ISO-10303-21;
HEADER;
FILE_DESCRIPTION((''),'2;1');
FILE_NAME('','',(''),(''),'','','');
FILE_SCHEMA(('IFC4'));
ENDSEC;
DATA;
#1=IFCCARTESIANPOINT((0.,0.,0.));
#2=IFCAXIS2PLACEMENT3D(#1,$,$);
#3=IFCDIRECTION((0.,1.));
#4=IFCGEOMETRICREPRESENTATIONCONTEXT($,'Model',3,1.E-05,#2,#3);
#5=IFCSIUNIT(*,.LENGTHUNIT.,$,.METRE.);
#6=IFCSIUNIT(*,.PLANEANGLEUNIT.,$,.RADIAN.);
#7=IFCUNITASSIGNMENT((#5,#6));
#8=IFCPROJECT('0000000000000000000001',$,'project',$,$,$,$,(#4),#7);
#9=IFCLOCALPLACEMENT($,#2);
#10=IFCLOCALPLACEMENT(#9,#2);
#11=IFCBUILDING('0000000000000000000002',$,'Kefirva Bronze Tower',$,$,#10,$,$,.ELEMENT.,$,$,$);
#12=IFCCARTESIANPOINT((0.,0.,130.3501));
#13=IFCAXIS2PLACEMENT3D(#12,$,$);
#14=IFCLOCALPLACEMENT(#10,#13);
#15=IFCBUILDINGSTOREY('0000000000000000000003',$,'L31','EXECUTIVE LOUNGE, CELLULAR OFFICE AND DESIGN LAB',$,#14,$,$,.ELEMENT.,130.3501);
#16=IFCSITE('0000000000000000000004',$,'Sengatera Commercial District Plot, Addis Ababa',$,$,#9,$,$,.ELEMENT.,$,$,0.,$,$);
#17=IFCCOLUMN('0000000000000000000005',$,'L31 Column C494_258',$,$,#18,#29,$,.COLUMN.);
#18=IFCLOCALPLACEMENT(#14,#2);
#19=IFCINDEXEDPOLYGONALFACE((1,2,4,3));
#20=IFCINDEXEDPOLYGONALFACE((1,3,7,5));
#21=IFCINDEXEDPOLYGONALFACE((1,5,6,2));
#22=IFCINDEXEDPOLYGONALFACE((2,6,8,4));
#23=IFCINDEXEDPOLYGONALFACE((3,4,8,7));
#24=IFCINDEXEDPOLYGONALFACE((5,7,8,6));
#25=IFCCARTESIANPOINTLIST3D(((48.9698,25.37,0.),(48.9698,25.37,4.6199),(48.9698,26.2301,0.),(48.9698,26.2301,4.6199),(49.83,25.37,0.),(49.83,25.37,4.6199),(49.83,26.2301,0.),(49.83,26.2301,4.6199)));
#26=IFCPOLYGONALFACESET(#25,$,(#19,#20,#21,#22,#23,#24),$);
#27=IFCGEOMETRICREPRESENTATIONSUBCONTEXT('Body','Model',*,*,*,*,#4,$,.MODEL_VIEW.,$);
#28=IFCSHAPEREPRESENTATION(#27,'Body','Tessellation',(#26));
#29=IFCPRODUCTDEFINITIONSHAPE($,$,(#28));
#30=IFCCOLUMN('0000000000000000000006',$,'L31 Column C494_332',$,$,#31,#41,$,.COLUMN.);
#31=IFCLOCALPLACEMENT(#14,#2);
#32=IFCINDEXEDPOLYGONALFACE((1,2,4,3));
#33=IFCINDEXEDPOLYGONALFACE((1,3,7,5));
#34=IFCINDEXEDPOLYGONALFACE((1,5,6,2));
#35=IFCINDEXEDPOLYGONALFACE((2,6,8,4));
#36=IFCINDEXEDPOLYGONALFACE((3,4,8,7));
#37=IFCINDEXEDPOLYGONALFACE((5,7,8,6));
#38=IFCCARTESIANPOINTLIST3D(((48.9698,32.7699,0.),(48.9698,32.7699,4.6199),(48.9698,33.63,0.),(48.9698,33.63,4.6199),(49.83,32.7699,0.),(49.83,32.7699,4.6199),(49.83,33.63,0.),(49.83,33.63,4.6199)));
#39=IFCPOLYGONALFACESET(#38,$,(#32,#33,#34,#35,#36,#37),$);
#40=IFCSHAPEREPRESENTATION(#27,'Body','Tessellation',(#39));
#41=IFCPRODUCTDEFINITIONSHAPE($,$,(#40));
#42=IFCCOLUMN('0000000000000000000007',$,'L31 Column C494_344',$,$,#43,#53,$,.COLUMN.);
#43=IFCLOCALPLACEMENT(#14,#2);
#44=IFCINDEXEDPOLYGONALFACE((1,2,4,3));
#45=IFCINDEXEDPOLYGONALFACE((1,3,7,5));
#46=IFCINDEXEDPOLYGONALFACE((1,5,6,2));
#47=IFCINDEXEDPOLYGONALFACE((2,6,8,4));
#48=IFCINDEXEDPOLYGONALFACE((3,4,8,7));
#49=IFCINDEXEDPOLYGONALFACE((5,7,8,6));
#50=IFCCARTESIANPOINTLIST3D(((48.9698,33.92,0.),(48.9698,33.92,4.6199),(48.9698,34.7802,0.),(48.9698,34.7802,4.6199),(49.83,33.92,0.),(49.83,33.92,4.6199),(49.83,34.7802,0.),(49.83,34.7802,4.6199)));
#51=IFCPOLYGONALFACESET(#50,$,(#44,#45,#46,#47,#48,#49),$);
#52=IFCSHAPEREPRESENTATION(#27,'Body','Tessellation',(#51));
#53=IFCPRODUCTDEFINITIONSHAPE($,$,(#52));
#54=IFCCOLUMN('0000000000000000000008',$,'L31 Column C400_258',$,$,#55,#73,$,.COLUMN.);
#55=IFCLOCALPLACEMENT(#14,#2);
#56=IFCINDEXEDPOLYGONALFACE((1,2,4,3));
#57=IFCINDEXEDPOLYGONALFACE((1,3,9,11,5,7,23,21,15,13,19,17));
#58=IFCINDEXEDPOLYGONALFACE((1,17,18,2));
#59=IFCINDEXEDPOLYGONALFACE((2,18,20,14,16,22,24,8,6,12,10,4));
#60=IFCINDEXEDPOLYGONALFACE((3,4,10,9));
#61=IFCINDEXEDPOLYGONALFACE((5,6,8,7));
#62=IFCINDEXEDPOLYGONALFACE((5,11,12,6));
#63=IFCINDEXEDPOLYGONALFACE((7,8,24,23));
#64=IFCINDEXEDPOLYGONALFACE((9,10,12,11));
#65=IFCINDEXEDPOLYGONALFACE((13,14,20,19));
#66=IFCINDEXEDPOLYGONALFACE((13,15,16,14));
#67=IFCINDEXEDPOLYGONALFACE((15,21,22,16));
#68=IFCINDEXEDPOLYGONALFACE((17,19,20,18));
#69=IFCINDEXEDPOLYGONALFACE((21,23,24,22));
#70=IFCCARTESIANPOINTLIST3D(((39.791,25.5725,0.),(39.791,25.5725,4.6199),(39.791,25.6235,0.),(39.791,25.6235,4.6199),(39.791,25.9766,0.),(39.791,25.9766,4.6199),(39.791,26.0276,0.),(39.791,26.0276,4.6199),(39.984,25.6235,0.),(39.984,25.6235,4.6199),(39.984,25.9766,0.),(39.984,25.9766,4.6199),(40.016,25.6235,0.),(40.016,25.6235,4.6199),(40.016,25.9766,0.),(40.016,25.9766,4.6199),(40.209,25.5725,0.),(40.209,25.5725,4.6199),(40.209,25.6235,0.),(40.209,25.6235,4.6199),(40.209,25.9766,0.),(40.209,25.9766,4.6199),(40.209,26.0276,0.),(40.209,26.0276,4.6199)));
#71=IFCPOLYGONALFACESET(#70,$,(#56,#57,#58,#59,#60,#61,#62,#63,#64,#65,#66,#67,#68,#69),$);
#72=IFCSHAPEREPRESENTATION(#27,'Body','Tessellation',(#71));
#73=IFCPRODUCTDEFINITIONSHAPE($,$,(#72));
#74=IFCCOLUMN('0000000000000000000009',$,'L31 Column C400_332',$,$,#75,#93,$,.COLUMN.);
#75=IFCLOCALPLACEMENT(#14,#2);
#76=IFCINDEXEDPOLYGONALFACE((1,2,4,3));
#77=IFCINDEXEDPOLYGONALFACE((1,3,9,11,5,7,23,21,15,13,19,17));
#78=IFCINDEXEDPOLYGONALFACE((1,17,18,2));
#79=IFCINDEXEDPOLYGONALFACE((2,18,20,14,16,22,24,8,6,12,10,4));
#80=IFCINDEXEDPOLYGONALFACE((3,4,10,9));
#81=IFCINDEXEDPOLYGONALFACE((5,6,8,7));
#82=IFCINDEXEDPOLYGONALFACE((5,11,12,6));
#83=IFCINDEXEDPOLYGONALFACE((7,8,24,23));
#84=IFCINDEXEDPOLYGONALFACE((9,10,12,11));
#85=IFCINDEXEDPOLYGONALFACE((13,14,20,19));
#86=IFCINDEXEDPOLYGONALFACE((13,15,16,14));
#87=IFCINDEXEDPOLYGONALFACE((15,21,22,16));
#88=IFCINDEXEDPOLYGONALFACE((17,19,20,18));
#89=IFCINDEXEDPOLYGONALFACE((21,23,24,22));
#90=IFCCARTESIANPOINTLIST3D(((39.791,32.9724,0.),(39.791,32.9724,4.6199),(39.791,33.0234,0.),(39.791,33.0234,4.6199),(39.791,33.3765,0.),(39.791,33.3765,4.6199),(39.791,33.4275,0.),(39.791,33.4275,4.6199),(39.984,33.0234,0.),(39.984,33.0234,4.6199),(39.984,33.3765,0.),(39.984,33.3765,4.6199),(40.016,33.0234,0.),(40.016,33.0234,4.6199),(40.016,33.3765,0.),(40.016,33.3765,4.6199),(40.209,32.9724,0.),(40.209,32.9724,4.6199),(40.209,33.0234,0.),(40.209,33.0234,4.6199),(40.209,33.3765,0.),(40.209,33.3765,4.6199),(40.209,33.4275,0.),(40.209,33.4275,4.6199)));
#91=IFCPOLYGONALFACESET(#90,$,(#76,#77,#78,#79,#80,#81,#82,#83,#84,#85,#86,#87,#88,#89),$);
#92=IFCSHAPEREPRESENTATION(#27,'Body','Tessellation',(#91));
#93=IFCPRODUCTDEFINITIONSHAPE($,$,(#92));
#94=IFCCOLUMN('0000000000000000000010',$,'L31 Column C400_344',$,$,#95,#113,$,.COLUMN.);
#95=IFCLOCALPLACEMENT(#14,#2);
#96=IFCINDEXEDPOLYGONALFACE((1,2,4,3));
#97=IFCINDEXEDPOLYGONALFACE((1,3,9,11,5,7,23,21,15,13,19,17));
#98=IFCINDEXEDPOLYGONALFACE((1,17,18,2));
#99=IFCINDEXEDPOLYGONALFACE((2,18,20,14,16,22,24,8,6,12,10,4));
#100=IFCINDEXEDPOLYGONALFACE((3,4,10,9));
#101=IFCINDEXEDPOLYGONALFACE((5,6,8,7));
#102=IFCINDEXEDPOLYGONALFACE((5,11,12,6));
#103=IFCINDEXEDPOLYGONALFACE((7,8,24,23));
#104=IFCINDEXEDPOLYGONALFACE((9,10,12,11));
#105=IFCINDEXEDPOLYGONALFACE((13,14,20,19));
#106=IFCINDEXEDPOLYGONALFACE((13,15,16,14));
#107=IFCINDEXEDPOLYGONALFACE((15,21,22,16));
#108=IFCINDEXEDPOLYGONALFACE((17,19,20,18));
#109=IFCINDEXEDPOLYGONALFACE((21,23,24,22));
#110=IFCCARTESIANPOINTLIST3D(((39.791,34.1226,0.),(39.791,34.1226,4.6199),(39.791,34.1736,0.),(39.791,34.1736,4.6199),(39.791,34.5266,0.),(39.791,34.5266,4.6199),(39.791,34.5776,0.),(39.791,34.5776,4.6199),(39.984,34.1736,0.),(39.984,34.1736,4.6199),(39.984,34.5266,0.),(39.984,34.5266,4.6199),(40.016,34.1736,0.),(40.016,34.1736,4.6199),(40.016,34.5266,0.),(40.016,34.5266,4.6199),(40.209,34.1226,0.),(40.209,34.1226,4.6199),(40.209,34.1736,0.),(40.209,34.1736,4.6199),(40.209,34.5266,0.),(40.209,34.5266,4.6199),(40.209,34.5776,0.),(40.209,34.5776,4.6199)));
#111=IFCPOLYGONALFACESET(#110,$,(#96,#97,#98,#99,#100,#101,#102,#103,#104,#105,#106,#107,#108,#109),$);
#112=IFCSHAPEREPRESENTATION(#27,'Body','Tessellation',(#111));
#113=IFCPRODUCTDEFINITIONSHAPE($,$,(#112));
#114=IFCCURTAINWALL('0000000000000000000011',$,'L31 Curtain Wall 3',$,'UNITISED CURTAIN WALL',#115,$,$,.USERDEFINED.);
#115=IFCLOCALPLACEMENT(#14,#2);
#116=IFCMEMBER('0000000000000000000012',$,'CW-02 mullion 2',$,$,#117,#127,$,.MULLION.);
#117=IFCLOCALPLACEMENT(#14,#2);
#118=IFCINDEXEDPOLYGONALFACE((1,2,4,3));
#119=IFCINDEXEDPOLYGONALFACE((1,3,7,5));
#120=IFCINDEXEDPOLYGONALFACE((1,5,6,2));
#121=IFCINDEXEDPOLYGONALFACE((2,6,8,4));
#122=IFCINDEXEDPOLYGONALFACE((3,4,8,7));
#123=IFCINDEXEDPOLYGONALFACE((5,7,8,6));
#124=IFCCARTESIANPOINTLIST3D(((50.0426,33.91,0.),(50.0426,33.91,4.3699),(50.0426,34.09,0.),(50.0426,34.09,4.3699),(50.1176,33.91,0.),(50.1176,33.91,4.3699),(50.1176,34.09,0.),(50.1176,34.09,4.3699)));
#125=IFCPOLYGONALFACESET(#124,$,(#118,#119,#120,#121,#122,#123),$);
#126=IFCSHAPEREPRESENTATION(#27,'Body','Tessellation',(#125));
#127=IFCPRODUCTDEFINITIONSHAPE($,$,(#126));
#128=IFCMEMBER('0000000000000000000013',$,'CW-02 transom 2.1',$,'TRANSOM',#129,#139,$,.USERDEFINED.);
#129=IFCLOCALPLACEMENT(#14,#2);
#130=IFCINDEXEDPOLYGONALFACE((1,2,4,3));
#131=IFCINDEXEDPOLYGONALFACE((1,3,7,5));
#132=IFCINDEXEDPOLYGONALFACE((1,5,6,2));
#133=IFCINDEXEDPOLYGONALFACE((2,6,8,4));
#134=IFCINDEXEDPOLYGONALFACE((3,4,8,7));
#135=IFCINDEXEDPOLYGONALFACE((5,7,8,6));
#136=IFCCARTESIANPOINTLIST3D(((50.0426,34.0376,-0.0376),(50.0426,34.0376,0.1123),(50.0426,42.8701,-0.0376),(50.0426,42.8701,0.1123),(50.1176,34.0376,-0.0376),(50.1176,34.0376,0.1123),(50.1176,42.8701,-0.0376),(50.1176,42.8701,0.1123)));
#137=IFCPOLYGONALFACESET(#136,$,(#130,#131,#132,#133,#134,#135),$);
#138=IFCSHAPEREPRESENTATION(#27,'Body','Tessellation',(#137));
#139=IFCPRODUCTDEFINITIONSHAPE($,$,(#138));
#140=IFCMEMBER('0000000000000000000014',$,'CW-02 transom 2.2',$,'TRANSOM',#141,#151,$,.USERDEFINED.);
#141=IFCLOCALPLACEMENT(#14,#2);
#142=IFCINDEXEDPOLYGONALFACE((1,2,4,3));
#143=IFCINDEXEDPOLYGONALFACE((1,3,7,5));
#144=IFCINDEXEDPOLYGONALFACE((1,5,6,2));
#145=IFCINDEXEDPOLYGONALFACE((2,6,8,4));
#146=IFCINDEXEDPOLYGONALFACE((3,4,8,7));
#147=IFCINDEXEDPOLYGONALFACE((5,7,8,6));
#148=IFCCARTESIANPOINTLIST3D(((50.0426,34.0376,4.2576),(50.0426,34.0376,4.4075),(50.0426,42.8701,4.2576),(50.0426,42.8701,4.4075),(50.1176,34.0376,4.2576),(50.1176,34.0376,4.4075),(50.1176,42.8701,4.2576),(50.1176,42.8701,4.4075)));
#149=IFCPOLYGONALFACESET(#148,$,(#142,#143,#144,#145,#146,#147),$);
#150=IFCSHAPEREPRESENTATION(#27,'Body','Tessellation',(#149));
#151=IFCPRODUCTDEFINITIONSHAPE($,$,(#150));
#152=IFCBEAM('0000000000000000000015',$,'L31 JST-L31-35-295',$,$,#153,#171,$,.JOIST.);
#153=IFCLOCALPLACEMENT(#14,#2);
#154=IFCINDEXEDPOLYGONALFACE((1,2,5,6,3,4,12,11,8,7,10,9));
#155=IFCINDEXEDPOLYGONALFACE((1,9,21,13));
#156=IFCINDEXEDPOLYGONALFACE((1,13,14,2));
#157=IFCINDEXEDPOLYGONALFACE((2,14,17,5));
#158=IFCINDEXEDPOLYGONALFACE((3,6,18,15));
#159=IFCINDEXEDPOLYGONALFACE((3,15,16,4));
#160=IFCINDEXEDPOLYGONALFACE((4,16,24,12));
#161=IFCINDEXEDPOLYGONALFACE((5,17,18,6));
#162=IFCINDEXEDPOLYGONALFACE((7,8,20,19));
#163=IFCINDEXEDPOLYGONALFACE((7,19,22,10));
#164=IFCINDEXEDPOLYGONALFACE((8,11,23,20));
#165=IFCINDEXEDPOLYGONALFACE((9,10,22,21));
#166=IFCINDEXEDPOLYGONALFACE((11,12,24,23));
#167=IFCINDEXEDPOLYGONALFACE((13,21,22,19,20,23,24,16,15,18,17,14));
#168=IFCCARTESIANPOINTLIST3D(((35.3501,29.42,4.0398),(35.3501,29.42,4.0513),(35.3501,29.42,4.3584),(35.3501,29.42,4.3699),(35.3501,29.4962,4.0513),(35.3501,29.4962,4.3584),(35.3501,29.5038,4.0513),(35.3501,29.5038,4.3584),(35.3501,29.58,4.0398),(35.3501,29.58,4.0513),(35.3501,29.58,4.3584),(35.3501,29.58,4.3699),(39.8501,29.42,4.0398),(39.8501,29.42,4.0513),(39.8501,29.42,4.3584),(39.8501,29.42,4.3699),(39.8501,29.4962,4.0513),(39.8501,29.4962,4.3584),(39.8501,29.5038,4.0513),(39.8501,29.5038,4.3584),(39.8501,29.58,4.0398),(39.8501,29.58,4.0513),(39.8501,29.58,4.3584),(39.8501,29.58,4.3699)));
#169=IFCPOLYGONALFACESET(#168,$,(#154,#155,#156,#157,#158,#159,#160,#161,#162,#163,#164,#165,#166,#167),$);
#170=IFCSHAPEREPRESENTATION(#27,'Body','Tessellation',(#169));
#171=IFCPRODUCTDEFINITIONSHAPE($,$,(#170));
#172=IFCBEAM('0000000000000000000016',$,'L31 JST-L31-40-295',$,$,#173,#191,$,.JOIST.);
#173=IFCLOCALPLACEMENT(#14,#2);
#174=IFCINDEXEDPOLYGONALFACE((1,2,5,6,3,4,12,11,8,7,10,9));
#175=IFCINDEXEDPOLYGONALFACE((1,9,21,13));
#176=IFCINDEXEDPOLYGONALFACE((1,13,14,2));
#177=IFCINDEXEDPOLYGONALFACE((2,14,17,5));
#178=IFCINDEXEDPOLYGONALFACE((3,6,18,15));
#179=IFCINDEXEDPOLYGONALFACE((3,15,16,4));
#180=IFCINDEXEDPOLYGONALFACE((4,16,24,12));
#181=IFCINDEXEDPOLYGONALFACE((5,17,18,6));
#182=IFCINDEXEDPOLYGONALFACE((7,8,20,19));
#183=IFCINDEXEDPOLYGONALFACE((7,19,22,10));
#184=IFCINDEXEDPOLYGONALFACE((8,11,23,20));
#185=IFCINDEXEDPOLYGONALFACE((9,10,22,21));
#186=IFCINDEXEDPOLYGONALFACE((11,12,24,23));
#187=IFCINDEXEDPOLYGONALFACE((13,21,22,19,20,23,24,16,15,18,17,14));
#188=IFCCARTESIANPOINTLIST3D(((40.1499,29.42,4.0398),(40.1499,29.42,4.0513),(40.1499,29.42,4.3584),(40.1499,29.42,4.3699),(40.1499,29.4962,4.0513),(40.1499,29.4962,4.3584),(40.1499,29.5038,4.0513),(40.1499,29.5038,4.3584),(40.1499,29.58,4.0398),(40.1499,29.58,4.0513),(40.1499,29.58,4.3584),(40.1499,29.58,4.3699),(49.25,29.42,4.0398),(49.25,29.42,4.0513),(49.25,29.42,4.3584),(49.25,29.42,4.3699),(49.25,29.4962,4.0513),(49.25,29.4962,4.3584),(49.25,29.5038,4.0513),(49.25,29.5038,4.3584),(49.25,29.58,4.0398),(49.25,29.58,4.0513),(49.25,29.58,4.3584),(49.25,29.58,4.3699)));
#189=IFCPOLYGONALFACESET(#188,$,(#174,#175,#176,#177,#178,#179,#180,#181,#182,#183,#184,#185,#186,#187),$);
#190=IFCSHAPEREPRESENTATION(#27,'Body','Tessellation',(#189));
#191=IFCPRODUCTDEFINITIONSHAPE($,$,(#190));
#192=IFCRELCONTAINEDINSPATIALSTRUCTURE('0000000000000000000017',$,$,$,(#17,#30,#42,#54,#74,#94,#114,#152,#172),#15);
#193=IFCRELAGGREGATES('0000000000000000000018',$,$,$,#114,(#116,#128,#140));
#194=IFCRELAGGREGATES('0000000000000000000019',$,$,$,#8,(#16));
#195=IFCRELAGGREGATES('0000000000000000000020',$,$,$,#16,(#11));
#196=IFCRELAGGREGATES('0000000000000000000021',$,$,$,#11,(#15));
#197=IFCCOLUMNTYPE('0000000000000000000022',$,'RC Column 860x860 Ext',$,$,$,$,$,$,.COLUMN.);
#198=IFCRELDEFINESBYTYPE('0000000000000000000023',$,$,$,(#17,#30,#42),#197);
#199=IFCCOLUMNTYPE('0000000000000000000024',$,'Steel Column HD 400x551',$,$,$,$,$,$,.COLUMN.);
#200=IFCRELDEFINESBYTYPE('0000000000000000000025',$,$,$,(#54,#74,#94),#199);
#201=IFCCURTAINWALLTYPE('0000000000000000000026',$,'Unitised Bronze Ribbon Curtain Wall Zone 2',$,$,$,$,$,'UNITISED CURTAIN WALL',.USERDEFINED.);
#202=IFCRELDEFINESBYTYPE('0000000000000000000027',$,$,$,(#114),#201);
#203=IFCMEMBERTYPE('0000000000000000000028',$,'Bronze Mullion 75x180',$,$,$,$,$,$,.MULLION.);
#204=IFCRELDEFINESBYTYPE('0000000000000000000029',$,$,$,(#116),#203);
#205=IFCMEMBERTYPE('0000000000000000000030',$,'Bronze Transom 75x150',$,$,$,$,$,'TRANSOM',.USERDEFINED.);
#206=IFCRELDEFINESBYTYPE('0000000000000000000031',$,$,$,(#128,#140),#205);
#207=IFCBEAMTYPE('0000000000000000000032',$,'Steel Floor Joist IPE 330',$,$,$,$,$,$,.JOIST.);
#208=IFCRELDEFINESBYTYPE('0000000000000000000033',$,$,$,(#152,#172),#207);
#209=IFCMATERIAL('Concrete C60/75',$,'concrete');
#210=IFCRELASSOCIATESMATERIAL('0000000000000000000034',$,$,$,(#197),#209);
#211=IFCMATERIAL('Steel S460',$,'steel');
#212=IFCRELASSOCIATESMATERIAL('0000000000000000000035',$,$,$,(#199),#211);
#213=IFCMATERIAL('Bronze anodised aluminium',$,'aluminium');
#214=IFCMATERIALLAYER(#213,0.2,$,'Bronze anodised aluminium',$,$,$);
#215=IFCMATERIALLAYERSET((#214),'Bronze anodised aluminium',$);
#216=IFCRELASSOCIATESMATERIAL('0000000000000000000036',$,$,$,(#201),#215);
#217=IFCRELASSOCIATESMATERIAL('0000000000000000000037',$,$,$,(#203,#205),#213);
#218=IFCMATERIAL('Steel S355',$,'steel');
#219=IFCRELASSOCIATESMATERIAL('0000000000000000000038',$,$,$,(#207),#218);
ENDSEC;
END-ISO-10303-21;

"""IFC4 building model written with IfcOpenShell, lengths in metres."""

from ifc_helpers import new_model, si_unit, direction, frame, origin, origin_2d, place, context, subcontext, project, spatial, rectangle, i_section, extrude, material, layer, layer_set, material_profile, profile_set, type_object, element, aggregate, save


model = new_model("IFC4")

# Units and contexts
model_context = context("Model", 3, precision=1e-05, world=origin(), true_north=direction((0.0, 1.0)))
body_context = subcontext(model_context, "Body", "Model", "MODEL_VIEW")
ifc_project = project(units=[si_unit("LENGTHUNIT", "METRE"), si_unit("PLANEANGLEUNIT", "RADIAN")], contexts=[model_context])

# Site, building, storey
site_placement = place(None, origin())
site = spatial("IfcSite", under=ifc_project, at=site_placement, Name="Sengatera Commercial District Plot, Addis Ababa", CompositionType="ELEMENT", RefElevation=0.0)
building_placement = place(site_placement, origin())
building = spatial("IfcBuilding", under=site, at=building_placement, Name="Kefirva Bronze Tower", CompositionType="ELEMENT")
storey_placement = place(building_placement, frame((0.0, 0.0, 130.3501)))
storey = spatial("IfcBuildingStorey", under=building, at=storey_placement, Name="L31", Description="EXECUTIVE LOUNGE, CELLULAR OFFICE AND DESIGN LAB", CompositionType="ELEMENT", Elevation=130.3501)

# Columns
ifc_material_1 = material(Name="Concrete C60/75", Category="concrete")
ifc_material_profile_1 = material_profile(ifc_material_1, rectangle(XDim=0.8601, YDim=0.8601, at=origin_2d()), Name="RC 860x860")
ifc_profile_set_1 = profile_set([ifc_material_profile_1], Name="Concrete C60/75")
column_type_1 = type_object("IfcColumnType", Name="RC Column 860x860 Ext", PredefinedType="COLUMN", material=ifc_profile_set_1)
for number, where, z_axis, x_axis, name in (
    (1, (49.3999, 25.8, 0.0), (0.0, 0.0, 1.0), (1.0, 0.0, 0.0), "L31 Column C494_258"),
    (2, (49.3999, 33.2, 0.0), (0.0, 0.0, 1.0), (1.0, 0.0, 0.0), "L31 Column C494_332"),
    (3, (49.3999, 34.3501, 0.0), (0.0, 0.0, 1.0), (1.0, 0.0, 0.0), "L31 Column C494_344"),
):
    element("IfcColumn", number, at=place(storey_placement, frame(where, z_axis=z_axis, x_axis=x_axis)), inside=storey, type_object=column_type_1, Name=name, PredefinedType="COLUMN", context=body_context, shape_type="SweptSolid", body=[
        extrude(rectangle(XDim=0.8601, YDim=0.8601, at=origin_2d()), origin(), (0.0, 0.0, 1.0), 4.6199),
    ])
ifc_material_2 = material(Name="Steel S460", Category="steel")
ifc_material_profile_2 = material_profile(ifc_material_2, i_section(OverallWidth=0.418, OverallDepth=0.4551, WebThickness=0.032, FlangeThickness=0.051, at=origin_2d()), Name="HD 400x551")
ifc_profile_set_2 = profile_set([ifc_material_profile_2], Name="Steel S460")
column_type_2 = type_object("IfcColumnType", Name="Steel Column HD 400x551", PredefinedType="COLUMN", material=ifc_profile_set_2)
for number, where, z_axis, x_axis, name in (
    (4, (40.0, 25.8, 0.0), (0.0, 0.0, 1.0), (1.0, 0.0, 0.0), "L31 Column C400_258"),
    (5, (40.0, 33.2, 0.0), (0.0, 0.0, 1.0), (1.0, 0.0, 0.0), "L31 Column C400_332"),
    (6, (40.0, 34.3501, 0.0), (0.0, 0.0, 1.0), (1.0, 0.0, 0.0), "L31 Column C400_344"),
):
    element("IfcColumn", number, at=place(storey_placement, frame(where, z_axis=z_axis, x_axis=x_axis)), inside=storey, type_object=column_type_2, Name=name, PredefinedType="COLUMN", context=body_context, shape_type="SweptSolid", body=[
        extrude(i_section(OverallWidth=0.418, OverallDepth=0.4551, WebThickness=0.032, FlangeThickness=0.051, at=origin_2d()), origin(), (0.0, 0.0, 1.0), 4.6199),
    ])

# Curtain wall, members
ifc_material_3 = material(Name="Bronze anodised aluminium", Category="aluminium")
ifc_layer_1 = layer(ifc_material_3, 0.2, Name="Bronze anodised aluminium")
ifc_layer_set_1 = layer_set([ifc_layer_1], Name="Bronze anodised aluminium")
curtain_wall_type = type_object("IfcCurtainWallType", Name="Unitised Bronze Ribbon Curtain Wall Zone 2", ElementType="UNITISED CURTAIN WALL", PredefinedType="USERDEFINED", material=ifc_layer_set_1)
curtain_wall_placement = place(storey_placement, origin())
curtain_wall = element("IfcCurtainWall", 7, at=curtain_wall_placement, inside=storey, type_object=curtain_wall_type, Name="L31 Curtain Wall 3", ObjectType="UNITISED CURTAIN WALL", PredefinedType="USERDEFINED")
ifc_material_profile_3 = material_profile(ifc_material_3, rectangle(XDim=0.075, YDim=0.1799, at=origin_2d()), Name="ALU 75x180")
ifc_profile_set_3 = profile_set([ifc_material_profile_3], Name="Bronze anodised aluminium")
member_type_1 = type_object("IfcMemberType", Name="Bronze Mullion 75x180", PredefinedType="MULLION", material=ifc_profile_set_3)
member_1_placement = place(storey_placement, frame((50.0801, 34.0, 0.0), z_axis=(0.0, 0.0, 1.0), x_axis=(-1.0, 0.0, 0.0)))
member_1 = element("IfcMember", 8, at=member_1_placement, type_object=member_type_1, Name="CW-02 mullion 2", PredefinedType="MULLION", context=body_context, shape_type="SweptSolid", body=[
    extrude(rectangle(XDim=0.075, YDim=0.1799, at=origin_2d()), origin(), (0.0, 0.0, 1.0), 4.3699),
])
ifc_material_profile_4 = material_profile(ifc_material_3, rectangle(XDim=0.075, YDim=0.1499, at=origin_2d()), Name="ALU 75x150")
ifc_profile_set_4 = profile_set([ifc_material_profile_4], Name="Bronze anodised aluminium")
member_type_2 = type_object("IfcMemberType", Name="Bronze Transom 75x150", ElementType="TRANSOM", PredefinedType="USERDEFINED", material=ifc_profile_set_4)
member_2_placement = place(storey_placement, frame((50.0801, 34.0376, 0.0374), z_axis=(0.0, 1.0, 0.0), x_axis=(-1.0, 0.0, 0.0)))
member_2 = element("IfcMember", 9, at=member_2_placement, type_object=member_type_2, Name="CW-02 transom 2.1", ObjectType="TRANSOM", PredefinedType="USERDEFINED", context=body_context, shape_type="SweptSolid", body=[
    extrude(rectangle(XDim=0.075, YDim=0.1499, at=origin_2d()), origin(), (0.0, 0.0, 1.0), 8.8325),
])
member_3_placement = place(storey_placement, frame((50.0801, 34.0376, 4.3325), z_axis=(0.0, 1.0, 0.0), x_axis=(-1.0, 0.0, 0.0)))
member_3 = element("IfcMember", 10, at=member_3_placement, type_object=member_type_2, Name="CW-02 transom 2.2", ObjectType="TRANSOM", PredefinedType="USERDEFINED", context=body_context, shape_type="SweptSolid", body=[
    extrude(rectangle(XDim=0.075, YDim=0.1499, at=origin_2d()), origin(), (0.0, 0.0, 1.0), 8.8325),
])

# Beams
ifc_material_4 = material(Name="Steel S355", Category="steel")
ifc_material_profile_5 = material_profile(ifc_material_4, i_section(OverallWidth=0.1599, OverallDepth=0.3301, WebThickness=0.0076, FlangeThickness=0.0115, at=origin_2d()), Name="IPE 330")
ifc_profile_set_5 = profile_set([ifc_material_profile_5], Name="Steel S355")
beam_type_1 = type_object("IfcBeamType", Name="Steel Floor Joist IPE 330", PredefinedType="JOIST", material=ifc_profile_set_5)
beam_1_placement = place(storey_placement, frame((35.3501, 29.5, 4.2048), z_axis=(1.0, 0.0, 0.0), x_axis=(0.0, 1.0, 0.0)))
element("IfcBeam", 11, at=beam_1_placement, inside=storey, type_object=beam_type_1, Name="L31 JST-L31-35-295", PredefinedType="JOIST", context=body_context, shape_type="SweptSolid", body=[
    extrude(i_section(OverallWidth=0.1599, OverallDepth=0.3301, WebThickness=0.0076, FlangeThickness=0.0115, at=origin_2d()), origin(), (0.0, 0.0, 1.0), 4.5),
])
beam_2_placement = place(storey_placement, frame((40.1499, 29.5, 4.2048), z_axis=(1.0, 0.0, 0.0), x_axis=(0.0, 1.0, 0.0)))
element("IfcBeam", 12, at=beam_2_placement, inside=storey, type_object=beam_type_1, Name="L31 JST-L31-40-295", PredefinedType="JOIST", context=body_context, shape_type="SweptSolid", body=[
    extrude(i_section(OverallWidth=0.1599, OverallDepth=0.3301, WebThickness=0.0076, FlangeThickness=0.0115, at=origin_2d()), origin(), (0.0, 0.0, 1.0), 9.1001),
])

aggregate(curtain_wall, [member_1, member_2, member_3])

save(model, "model.ifc")
